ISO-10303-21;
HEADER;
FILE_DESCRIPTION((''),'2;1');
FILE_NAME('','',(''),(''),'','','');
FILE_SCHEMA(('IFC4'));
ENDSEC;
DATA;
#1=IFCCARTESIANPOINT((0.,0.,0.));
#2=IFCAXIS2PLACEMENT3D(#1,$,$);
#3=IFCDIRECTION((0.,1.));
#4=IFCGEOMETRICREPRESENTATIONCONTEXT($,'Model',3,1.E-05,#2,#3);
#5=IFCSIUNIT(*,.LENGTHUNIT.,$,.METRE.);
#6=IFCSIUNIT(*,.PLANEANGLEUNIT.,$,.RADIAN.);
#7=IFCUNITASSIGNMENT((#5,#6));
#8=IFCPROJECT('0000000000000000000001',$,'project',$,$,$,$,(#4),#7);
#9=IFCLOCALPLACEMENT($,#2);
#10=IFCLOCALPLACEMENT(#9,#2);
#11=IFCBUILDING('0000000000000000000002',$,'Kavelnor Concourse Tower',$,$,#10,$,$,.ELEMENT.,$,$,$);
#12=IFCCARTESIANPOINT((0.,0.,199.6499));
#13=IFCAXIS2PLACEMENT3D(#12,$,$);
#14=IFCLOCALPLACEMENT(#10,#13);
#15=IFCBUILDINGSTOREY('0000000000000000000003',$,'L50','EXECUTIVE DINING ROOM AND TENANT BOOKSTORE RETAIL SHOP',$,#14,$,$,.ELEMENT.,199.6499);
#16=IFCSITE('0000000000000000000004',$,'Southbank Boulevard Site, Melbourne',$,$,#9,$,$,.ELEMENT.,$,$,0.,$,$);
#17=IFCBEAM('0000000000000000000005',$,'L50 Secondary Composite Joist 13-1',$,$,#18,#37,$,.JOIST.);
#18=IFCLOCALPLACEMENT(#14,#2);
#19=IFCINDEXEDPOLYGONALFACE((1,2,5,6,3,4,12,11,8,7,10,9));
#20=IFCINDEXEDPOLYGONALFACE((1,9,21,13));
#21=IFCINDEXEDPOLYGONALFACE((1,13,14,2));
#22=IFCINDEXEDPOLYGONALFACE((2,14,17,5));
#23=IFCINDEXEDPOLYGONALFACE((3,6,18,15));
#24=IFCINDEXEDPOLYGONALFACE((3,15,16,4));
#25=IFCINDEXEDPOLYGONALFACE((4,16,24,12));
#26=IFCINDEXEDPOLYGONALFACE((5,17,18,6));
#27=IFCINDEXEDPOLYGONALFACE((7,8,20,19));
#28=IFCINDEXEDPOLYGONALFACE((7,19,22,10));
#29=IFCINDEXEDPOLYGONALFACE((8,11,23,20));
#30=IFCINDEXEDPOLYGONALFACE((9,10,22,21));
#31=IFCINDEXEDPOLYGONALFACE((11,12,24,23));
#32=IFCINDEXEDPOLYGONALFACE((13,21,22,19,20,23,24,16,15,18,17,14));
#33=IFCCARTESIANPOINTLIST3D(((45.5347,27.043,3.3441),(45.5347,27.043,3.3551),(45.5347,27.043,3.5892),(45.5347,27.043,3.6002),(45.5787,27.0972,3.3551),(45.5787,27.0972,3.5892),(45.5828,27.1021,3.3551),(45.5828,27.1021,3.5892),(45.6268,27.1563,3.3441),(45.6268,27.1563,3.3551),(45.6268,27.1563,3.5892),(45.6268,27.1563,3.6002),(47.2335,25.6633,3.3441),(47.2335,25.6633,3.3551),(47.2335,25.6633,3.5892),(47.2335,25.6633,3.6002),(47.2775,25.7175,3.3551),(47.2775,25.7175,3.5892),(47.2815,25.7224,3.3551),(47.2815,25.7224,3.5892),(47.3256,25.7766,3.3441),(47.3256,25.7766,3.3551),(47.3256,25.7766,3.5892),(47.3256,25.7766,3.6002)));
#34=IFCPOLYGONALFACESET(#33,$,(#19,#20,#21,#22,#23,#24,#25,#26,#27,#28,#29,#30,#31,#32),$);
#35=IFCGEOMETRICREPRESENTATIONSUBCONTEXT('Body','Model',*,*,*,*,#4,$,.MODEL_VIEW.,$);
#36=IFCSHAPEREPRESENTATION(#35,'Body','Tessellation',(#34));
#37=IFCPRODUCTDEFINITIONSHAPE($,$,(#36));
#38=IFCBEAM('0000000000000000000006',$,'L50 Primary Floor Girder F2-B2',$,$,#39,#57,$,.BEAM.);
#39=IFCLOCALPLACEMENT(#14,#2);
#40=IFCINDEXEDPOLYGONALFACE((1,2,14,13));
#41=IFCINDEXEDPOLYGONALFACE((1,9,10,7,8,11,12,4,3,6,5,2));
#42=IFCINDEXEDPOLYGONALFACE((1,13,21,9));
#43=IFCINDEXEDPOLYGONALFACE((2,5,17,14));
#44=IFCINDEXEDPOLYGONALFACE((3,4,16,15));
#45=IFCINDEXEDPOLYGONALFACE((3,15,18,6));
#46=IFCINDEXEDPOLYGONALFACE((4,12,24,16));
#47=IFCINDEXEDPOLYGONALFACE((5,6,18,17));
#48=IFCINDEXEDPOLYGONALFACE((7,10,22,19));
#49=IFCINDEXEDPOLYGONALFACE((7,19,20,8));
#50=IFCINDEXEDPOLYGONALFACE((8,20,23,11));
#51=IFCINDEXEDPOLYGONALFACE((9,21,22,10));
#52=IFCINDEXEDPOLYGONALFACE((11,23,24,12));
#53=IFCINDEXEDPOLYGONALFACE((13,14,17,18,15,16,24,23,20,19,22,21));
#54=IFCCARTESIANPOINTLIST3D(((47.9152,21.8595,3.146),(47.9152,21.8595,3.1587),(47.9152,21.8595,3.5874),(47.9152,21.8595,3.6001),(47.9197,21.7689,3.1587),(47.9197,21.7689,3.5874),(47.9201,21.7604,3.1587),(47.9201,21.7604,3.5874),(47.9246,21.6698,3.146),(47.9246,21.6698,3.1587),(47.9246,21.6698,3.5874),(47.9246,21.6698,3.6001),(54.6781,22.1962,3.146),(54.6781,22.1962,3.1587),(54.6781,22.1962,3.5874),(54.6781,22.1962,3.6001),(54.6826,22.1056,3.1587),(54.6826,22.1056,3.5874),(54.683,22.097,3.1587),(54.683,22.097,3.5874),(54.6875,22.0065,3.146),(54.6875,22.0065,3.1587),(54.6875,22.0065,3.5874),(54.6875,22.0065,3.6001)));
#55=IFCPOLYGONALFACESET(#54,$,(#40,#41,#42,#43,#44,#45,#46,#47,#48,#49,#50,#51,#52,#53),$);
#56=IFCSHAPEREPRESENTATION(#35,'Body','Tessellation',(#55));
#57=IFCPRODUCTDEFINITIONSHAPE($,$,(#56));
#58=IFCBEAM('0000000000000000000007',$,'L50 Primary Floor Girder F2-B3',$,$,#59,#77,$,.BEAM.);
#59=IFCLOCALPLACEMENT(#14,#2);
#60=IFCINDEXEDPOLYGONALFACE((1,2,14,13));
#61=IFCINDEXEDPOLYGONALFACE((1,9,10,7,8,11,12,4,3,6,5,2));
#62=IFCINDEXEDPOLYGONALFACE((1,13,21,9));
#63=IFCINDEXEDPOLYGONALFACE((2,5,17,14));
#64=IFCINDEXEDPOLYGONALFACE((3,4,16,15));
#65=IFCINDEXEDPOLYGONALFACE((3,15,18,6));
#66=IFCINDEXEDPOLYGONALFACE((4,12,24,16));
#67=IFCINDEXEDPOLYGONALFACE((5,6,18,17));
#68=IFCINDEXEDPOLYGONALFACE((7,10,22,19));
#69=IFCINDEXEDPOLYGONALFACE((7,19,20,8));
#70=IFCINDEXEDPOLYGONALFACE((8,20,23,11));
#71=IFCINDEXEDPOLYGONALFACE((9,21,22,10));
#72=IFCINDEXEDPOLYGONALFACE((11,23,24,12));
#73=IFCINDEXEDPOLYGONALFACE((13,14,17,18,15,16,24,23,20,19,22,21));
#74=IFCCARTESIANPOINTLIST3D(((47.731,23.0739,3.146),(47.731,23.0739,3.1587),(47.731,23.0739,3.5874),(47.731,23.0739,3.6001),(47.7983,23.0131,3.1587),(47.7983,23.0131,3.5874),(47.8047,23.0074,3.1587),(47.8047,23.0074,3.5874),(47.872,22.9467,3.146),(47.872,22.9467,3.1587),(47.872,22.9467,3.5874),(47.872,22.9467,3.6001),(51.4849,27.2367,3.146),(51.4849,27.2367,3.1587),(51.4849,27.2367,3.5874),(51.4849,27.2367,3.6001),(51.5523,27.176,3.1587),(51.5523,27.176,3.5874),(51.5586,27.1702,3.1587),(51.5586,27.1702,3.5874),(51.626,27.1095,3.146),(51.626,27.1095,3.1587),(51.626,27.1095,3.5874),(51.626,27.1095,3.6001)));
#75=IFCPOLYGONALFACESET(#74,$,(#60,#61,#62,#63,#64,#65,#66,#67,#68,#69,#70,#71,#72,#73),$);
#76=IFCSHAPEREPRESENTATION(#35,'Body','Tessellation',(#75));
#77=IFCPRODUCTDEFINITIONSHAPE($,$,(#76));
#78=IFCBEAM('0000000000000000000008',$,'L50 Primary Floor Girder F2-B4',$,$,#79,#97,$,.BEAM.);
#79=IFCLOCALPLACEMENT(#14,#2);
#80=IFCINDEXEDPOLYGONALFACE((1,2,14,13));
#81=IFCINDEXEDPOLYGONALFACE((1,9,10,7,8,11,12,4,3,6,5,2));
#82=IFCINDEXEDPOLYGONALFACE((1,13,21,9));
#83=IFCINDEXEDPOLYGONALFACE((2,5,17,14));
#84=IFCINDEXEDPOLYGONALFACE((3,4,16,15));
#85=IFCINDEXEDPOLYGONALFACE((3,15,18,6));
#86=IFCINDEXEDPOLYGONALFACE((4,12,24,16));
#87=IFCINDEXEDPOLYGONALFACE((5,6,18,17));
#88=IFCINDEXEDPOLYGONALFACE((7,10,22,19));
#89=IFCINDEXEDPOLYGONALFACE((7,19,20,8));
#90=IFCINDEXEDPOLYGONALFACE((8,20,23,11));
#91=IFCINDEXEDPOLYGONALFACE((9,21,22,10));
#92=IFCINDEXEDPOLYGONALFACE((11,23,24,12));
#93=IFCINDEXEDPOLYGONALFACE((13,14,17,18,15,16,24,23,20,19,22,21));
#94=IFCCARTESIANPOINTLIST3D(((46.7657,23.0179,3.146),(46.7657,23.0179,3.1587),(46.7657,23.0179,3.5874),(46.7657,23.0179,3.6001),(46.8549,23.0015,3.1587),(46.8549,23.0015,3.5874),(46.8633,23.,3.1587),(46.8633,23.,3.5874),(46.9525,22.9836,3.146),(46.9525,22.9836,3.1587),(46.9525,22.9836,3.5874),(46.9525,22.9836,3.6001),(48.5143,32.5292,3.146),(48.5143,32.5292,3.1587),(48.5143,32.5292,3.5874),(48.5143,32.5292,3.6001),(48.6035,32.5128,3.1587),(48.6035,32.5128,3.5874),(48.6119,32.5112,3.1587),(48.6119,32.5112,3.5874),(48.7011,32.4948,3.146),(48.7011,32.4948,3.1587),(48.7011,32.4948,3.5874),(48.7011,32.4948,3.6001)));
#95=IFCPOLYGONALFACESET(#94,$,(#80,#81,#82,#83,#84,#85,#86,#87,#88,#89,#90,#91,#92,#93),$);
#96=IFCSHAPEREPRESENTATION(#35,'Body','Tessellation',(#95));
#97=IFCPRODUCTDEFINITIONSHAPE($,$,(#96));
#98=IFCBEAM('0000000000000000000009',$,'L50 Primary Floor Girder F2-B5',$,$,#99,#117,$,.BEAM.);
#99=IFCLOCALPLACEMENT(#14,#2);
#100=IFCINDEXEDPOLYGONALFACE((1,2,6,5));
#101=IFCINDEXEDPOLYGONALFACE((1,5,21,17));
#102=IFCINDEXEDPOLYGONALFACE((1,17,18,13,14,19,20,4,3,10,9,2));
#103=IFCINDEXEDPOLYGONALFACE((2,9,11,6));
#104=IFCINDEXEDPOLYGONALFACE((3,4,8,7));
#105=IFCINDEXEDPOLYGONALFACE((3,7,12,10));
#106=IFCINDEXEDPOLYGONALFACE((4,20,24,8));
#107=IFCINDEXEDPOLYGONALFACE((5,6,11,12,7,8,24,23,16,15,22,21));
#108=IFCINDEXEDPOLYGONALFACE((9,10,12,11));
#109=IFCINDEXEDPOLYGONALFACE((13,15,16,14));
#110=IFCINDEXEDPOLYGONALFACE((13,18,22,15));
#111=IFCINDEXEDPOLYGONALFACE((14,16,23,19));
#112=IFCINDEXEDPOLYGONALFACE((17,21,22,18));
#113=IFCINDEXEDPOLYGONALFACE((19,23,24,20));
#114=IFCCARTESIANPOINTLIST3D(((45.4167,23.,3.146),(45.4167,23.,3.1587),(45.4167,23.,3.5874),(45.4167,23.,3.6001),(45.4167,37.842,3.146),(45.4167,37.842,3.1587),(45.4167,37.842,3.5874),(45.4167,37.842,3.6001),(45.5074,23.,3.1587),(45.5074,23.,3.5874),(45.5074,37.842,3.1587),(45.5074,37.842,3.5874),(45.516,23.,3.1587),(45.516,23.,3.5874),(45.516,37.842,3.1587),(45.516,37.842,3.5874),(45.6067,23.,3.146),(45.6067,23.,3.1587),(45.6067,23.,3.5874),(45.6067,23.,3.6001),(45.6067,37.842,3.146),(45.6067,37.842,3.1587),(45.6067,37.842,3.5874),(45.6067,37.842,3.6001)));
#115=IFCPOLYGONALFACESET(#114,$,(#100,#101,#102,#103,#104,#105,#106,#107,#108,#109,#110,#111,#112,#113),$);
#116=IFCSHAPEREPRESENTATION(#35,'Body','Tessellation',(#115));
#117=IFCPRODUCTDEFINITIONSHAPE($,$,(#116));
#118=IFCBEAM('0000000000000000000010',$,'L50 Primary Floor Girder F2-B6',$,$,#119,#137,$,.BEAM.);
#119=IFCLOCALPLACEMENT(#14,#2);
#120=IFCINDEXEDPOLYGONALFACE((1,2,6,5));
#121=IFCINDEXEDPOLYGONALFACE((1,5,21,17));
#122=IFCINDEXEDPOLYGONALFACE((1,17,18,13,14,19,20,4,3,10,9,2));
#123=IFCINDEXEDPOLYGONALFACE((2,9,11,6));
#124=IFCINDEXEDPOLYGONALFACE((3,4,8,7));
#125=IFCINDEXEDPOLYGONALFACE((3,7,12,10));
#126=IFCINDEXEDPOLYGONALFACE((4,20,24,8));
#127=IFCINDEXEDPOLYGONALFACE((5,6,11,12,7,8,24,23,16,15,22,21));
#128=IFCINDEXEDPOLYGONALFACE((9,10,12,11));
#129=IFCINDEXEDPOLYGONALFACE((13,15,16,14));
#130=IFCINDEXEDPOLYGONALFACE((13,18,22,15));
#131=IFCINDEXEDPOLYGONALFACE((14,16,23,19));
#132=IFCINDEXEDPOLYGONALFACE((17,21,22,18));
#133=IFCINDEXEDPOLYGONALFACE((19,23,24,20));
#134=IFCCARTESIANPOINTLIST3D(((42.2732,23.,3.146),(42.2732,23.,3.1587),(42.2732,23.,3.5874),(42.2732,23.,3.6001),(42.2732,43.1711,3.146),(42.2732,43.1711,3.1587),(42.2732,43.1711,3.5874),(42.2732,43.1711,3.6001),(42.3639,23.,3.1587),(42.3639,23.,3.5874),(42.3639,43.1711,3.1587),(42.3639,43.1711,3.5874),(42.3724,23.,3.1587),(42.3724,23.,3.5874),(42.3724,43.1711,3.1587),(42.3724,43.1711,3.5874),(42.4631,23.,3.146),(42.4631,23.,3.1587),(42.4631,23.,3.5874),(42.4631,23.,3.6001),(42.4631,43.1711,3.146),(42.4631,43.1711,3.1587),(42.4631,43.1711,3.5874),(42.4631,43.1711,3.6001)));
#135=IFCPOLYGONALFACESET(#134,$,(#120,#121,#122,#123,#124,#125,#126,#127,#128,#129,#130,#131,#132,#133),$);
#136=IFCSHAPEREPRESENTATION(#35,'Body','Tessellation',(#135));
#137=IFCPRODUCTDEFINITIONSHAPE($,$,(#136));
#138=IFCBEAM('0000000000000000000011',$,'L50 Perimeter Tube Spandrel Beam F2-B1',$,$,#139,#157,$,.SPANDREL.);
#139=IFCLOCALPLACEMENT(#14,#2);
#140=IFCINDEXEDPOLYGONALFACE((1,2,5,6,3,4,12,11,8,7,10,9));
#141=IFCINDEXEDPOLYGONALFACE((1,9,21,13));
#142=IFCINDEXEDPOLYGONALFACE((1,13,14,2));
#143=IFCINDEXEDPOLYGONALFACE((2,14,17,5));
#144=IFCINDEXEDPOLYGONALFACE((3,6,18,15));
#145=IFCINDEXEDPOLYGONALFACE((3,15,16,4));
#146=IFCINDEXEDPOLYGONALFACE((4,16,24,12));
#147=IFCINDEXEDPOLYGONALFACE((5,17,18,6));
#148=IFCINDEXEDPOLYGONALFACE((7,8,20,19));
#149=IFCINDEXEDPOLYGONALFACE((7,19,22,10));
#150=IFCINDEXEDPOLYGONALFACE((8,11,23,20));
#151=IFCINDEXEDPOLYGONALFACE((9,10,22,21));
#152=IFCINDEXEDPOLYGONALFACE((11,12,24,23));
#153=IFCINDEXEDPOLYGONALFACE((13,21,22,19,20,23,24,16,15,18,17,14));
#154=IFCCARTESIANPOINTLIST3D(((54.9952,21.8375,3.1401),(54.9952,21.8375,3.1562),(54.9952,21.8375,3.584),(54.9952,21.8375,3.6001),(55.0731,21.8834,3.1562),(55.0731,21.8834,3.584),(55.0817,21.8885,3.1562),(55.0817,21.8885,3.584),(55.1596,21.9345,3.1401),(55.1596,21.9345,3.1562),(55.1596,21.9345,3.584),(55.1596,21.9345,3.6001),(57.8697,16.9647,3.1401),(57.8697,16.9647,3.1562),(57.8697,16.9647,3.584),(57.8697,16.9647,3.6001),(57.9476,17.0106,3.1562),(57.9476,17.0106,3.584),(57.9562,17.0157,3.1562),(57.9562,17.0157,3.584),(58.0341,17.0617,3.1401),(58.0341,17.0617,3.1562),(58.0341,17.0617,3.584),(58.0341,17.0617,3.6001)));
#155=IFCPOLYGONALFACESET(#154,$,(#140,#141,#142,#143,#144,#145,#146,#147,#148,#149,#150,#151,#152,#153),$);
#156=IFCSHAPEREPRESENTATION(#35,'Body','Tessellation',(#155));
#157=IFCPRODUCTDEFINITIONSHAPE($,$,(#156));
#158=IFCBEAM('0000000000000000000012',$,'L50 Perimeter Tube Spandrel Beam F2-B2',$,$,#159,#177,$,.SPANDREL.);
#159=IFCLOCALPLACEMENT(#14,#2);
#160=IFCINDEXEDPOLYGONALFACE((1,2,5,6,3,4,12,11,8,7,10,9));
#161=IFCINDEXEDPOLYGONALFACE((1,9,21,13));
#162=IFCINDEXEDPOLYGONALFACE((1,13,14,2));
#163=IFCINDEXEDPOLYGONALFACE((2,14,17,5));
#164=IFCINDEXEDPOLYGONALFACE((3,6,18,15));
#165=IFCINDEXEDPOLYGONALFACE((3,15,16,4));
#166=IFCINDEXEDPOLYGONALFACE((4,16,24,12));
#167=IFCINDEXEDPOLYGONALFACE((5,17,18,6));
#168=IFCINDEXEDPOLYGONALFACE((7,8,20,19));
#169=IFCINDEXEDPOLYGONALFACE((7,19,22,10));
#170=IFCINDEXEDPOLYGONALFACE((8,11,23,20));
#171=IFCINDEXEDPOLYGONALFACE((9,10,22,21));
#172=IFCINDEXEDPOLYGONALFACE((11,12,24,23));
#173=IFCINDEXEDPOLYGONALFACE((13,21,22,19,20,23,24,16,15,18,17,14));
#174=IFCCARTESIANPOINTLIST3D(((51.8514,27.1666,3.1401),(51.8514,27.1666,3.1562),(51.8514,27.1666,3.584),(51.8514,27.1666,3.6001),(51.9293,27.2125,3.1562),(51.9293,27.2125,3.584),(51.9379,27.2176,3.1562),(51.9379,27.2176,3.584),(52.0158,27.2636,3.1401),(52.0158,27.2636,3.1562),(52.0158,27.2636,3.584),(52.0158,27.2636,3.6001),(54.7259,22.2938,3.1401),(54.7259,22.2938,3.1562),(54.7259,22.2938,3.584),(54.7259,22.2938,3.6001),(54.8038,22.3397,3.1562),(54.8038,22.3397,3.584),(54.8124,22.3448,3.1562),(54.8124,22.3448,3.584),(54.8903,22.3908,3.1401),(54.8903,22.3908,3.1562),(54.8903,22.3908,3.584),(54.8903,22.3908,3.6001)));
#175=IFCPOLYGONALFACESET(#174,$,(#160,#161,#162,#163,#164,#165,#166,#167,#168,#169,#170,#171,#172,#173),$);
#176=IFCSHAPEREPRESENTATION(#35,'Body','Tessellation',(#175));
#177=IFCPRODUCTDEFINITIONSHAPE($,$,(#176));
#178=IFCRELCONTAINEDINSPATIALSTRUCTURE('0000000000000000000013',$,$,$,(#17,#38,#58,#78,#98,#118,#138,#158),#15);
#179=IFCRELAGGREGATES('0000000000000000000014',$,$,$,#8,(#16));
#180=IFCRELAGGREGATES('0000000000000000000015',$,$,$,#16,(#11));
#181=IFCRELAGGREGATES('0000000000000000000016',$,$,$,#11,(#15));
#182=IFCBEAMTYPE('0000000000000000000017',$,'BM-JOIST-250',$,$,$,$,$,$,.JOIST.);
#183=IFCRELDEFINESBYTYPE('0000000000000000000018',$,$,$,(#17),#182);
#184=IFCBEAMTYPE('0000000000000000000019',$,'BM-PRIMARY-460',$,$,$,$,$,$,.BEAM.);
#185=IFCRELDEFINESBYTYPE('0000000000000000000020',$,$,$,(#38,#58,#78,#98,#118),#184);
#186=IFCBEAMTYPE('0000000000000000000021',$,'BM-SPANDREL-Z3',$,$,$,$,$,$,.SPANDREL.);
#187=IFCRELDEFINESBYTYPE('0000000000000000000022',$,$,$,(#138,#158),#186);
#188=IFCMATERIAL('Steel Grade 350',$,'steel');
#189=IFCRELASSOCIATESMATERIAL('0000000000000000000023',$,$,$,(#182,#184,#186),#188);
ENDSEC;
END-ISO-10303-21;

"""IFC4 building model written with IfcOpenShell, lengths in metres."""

from ifc_helpers import new_model, si_unit, direction, frame, origin, origin_2d, place, context, subcontext, project, spatial, i_section, extrude, material, material_profile, profile_set, type_object, element, save


model = new_model("IFC4")

# Units and contexts
model_context = context("Model", 3, precision=1e-05, world=origin(), true_north=direction((0.0, 1.0)))
body_context = subcontext(model_context, "Body", "Model", "MODEL_VIEW")
ifc_project = project(units=[si_unit("LENGTHUNIT", "METRE"), si_unit("PLANEANGLEUNIT", "RADIAN")], contexts=[model_context])

# Site, building, storey
site_placement = place(None, origin())
site = spatial("IfcSite", under=ifc_project, at=site_placement, Name="Southbank Boulevard Site, Melbourne", CompositionType="ELEMENT", RefElevation=0.0)
building_placement = place(site_placement, origin())
building = spatial("IfcBuilding", under=site, at=building_placement, Name="Kavelnor Concourse Tower", CompositionType="ELEMENT")
storey_placement = place(building_placement, frame((0.0, 0.0, 199.6499)))
storey = spatial("IfcBuildingStorey", under=building, at=storey_placement, Name="L50", Description="EXECUTIVE DINING ROOM AND TENANT BOOKSTORE RETAIL SHOP", CompositionType="ELEMENT", Elevation=199.6499)

# Shared definitions
ifc_material_1 = material(Name="Steel Grade 350", Category="steel")

# Beams
ifc_material_profile_1 = material_profile(ifc_material_1, i_section(OverallWidth=0.146, OverallDepth=0.2561, WebThickness=0.0063, FlangeThickness=0.011, at=origin_2d()), Name="250UB37")
ifc_profile_set_1 = profile_set([ifc_material_profile_1], Name="Steel Grade 350")
beam_type_1 = type_object("IfcBeamType", Name="BM-JOIST-250", PredefinedType="JOIST", material=ifc_profile_set_1)
beam_1_placement = place(storey_placement, frame((47.2795, 25.72, 3.4722), z_axis=(-0.776244, 0.630433, 0.0), x_axis=(-0.630433, -0.776244, 0.0)))
element("IfcBeam", 1, at=beam_1_placement, inside=storey, type_object=beam_type_1, Name="L50 Secondary Composite Joist 13-1", PredefinedType="JOIST", context=body_context, shape_type="SweptSolid", body=[
    extrude(i_section(OverallWidth=0.146, OverallDepth=0.2561, WebThickness=0.0063, FlangeThickness=0.011, at=origin_2d()), origin(), (0.0, 0.0, 1.0), 2.1885),
])
ifc_material_profile_2 = material_profile(ifc_material_1, i_section(OverallWidth=0.1899, OverallDepth=0.4541, WebThickness=0.0085, FlangeThickness=0.0127, at=origin_2d()), Name="460UB67")
ifc_profile_set_2 = profile_set([ifc_material_profile_2], Name="Steel Grade 350")
beam_type_2 = type_object("IfcBeamType", Name="BM-PRIMARY-460", PredefinedType="BEAM", material=ifc_profile_set_2)
beam_2_placement = place(storey_placement, frame((47.9199, 21.7646, 3.373), z_axis=(0.998763, 0.04972, 0.0), x_axis=(-0.04972, 0.998763, 0.0)))
element("IfcBeam", 2, at=beam_2_placement, inside=storey, type_object=beam_type_2, Name="L50 Primary Floor Girder F2-B2", PredefinedType="BEAM", context=body_context, shape_type="SweptSolid", body=[
    extrude(i_section(OverallWidth=0.1899, OverallDepth=0.4541, WebThickness=0.0085, FlangeThickness=0.0127, at=origin_2d()), origin(), (0.0, 0.0, 1.0), 6.7712),
])
beam_3_placement = place(storey_placement, frame((47.8015, 23.0103, 3.373), z_axis=(0.669689, 0.742642, 0.0), x_axis=(-0.742642, 0.669689, 0.0)))
element("IfcBeam", 3, at=beam_3_placement, inside=storey, type_object=beam_type_2, Name="L50 Primary Floor Girder F2-B3", PredefinedType="BEAM", context=body_context, shape_type="SweptSolid", body=[
    extrude(i_section(OverallWidth=0.1899, OverallDepth=0.4541, WebThickness=0.0085, FlangeThickness=0.0127, at=origin_2d()), origin(), (0.0, 0.0, 1.0), 5.6055),
])
beam_4_placement = place(storey_placement, frame((46.8591, 23.0007, 3.373), z_axis=(0.180809, 0.983518, 0.0), x_axis=(-0.983518, 0.180809, 0.0)))
element("IfcBeam", 4, at=beam_4_placement, inside=storey, type_object=beam_type_2, Name="L50 Primary Floor Girder F2-B4", PredefinedType="BEAM", context=body_context, shape_type="SweptSolid", body=[
    extrude(i_section(OverallWidth=0.1899, OverallDepth=0.4541, WebThickness=0.0085, FlangeThickness=0.0127, at=origin_2d()), origin(), (0.0, 0.0, 1.0), 9.6707),
])
beam_5_placement = place(storey_placement, frame((45.5117, 23.0, 3.373), z_axis=(0.0, 1.0, 0.0), x_axis=(-1.0, 0.0, 0.0)))
element("IfcBeam", 5, at=beam_5_placement, inside=storey, type_object=beam_type_2, Name="L50 Primary Floor Girder F2-B5", PredefinedType="BEAM", context=body_context, shape_type="SweptSolid", body=[
    extrude(i_section(OverallWidth=0.1899, OverallDepth=0.4541, WebThickness=0.0085, FlangeThickness=0.0127, at=origin_2d()), origin(), (0.0, 0.0, 1.0), 14.842),
])
beam_6_placement = place(storey_placement, frame((42.3682, 23.0, 3.373), z_axis=(0.0, 1.0, 0.0), x_axis=(-1.0, 0.0, 0.0)))
element("IfcBeam", 6, at=beam_6_placement, inside=storey, type_object=beam_type_2, Name="L50 Primary Floor Girder F2-B6", PredefinedType="BEAM", context=body_context, shape_type="SweptSolid", body=[
    extrude(i_section(OverallWidth=0.1899, OverallDepth=0.4541, WebThickness=0.0085, FlangeThickness=0.0127, at=origin_2d()), origin(), (0.0, 0.0, 1.0), 20.1711),
])
ifc_material_profile_3 = material_profile(ifc_material_1, i_section(OverallWidth=0.1909, OverallDepth=0.46, WebThickness=0.01, FlangeThickness=0.0161, at=origin_2d()), Name="460UB82")
ifc_profile_set_3 = profile_set([ifc_material_profile_3], Name="Steel Grade 350")
beam_type_3 = type_object("IfcBeamType", Name="BM-SPANDREL-Z3", PredefinedType="SPANDREL", material=ifc_profile_set_3)
for number, where, z_axis, x_axis, name in (
    (7, (57.9519, 17.0132, 3.3701), (-0.508091, 0.861303, 0.0), (-0.861303, -0.508091, 0.0), "L50 Perimeter Tube Spandrel Beam F2-B1"),
    (8, (54.8081, 22.3423, 3.3701), (-0.508091, 0.861303, 0.0), (-0.861303, -0.508091, 0.0), "L50 Perimeter Tube Spandrel Beam F2-B2"),
):
    element("IfcBeam", number, at=place(storey_placement, frame(where, z_axis=z_axis, x_axis=x_axis)), inside=storey, type_object=beam_type_3, Name=name, PredefinedType="SPANDREL", context=body_context, shape_type="SweptSolid", body=[
        extrude(i_section(OverallWidth=0.1909, OverallDepth=0.46, WebThickness=0.01, FlangeThickness=0.0161, at=origin_2d()), origin(), (0.0, 0.0, 1.0), 5.6575),
    ])

save(model, "model.ifc")
